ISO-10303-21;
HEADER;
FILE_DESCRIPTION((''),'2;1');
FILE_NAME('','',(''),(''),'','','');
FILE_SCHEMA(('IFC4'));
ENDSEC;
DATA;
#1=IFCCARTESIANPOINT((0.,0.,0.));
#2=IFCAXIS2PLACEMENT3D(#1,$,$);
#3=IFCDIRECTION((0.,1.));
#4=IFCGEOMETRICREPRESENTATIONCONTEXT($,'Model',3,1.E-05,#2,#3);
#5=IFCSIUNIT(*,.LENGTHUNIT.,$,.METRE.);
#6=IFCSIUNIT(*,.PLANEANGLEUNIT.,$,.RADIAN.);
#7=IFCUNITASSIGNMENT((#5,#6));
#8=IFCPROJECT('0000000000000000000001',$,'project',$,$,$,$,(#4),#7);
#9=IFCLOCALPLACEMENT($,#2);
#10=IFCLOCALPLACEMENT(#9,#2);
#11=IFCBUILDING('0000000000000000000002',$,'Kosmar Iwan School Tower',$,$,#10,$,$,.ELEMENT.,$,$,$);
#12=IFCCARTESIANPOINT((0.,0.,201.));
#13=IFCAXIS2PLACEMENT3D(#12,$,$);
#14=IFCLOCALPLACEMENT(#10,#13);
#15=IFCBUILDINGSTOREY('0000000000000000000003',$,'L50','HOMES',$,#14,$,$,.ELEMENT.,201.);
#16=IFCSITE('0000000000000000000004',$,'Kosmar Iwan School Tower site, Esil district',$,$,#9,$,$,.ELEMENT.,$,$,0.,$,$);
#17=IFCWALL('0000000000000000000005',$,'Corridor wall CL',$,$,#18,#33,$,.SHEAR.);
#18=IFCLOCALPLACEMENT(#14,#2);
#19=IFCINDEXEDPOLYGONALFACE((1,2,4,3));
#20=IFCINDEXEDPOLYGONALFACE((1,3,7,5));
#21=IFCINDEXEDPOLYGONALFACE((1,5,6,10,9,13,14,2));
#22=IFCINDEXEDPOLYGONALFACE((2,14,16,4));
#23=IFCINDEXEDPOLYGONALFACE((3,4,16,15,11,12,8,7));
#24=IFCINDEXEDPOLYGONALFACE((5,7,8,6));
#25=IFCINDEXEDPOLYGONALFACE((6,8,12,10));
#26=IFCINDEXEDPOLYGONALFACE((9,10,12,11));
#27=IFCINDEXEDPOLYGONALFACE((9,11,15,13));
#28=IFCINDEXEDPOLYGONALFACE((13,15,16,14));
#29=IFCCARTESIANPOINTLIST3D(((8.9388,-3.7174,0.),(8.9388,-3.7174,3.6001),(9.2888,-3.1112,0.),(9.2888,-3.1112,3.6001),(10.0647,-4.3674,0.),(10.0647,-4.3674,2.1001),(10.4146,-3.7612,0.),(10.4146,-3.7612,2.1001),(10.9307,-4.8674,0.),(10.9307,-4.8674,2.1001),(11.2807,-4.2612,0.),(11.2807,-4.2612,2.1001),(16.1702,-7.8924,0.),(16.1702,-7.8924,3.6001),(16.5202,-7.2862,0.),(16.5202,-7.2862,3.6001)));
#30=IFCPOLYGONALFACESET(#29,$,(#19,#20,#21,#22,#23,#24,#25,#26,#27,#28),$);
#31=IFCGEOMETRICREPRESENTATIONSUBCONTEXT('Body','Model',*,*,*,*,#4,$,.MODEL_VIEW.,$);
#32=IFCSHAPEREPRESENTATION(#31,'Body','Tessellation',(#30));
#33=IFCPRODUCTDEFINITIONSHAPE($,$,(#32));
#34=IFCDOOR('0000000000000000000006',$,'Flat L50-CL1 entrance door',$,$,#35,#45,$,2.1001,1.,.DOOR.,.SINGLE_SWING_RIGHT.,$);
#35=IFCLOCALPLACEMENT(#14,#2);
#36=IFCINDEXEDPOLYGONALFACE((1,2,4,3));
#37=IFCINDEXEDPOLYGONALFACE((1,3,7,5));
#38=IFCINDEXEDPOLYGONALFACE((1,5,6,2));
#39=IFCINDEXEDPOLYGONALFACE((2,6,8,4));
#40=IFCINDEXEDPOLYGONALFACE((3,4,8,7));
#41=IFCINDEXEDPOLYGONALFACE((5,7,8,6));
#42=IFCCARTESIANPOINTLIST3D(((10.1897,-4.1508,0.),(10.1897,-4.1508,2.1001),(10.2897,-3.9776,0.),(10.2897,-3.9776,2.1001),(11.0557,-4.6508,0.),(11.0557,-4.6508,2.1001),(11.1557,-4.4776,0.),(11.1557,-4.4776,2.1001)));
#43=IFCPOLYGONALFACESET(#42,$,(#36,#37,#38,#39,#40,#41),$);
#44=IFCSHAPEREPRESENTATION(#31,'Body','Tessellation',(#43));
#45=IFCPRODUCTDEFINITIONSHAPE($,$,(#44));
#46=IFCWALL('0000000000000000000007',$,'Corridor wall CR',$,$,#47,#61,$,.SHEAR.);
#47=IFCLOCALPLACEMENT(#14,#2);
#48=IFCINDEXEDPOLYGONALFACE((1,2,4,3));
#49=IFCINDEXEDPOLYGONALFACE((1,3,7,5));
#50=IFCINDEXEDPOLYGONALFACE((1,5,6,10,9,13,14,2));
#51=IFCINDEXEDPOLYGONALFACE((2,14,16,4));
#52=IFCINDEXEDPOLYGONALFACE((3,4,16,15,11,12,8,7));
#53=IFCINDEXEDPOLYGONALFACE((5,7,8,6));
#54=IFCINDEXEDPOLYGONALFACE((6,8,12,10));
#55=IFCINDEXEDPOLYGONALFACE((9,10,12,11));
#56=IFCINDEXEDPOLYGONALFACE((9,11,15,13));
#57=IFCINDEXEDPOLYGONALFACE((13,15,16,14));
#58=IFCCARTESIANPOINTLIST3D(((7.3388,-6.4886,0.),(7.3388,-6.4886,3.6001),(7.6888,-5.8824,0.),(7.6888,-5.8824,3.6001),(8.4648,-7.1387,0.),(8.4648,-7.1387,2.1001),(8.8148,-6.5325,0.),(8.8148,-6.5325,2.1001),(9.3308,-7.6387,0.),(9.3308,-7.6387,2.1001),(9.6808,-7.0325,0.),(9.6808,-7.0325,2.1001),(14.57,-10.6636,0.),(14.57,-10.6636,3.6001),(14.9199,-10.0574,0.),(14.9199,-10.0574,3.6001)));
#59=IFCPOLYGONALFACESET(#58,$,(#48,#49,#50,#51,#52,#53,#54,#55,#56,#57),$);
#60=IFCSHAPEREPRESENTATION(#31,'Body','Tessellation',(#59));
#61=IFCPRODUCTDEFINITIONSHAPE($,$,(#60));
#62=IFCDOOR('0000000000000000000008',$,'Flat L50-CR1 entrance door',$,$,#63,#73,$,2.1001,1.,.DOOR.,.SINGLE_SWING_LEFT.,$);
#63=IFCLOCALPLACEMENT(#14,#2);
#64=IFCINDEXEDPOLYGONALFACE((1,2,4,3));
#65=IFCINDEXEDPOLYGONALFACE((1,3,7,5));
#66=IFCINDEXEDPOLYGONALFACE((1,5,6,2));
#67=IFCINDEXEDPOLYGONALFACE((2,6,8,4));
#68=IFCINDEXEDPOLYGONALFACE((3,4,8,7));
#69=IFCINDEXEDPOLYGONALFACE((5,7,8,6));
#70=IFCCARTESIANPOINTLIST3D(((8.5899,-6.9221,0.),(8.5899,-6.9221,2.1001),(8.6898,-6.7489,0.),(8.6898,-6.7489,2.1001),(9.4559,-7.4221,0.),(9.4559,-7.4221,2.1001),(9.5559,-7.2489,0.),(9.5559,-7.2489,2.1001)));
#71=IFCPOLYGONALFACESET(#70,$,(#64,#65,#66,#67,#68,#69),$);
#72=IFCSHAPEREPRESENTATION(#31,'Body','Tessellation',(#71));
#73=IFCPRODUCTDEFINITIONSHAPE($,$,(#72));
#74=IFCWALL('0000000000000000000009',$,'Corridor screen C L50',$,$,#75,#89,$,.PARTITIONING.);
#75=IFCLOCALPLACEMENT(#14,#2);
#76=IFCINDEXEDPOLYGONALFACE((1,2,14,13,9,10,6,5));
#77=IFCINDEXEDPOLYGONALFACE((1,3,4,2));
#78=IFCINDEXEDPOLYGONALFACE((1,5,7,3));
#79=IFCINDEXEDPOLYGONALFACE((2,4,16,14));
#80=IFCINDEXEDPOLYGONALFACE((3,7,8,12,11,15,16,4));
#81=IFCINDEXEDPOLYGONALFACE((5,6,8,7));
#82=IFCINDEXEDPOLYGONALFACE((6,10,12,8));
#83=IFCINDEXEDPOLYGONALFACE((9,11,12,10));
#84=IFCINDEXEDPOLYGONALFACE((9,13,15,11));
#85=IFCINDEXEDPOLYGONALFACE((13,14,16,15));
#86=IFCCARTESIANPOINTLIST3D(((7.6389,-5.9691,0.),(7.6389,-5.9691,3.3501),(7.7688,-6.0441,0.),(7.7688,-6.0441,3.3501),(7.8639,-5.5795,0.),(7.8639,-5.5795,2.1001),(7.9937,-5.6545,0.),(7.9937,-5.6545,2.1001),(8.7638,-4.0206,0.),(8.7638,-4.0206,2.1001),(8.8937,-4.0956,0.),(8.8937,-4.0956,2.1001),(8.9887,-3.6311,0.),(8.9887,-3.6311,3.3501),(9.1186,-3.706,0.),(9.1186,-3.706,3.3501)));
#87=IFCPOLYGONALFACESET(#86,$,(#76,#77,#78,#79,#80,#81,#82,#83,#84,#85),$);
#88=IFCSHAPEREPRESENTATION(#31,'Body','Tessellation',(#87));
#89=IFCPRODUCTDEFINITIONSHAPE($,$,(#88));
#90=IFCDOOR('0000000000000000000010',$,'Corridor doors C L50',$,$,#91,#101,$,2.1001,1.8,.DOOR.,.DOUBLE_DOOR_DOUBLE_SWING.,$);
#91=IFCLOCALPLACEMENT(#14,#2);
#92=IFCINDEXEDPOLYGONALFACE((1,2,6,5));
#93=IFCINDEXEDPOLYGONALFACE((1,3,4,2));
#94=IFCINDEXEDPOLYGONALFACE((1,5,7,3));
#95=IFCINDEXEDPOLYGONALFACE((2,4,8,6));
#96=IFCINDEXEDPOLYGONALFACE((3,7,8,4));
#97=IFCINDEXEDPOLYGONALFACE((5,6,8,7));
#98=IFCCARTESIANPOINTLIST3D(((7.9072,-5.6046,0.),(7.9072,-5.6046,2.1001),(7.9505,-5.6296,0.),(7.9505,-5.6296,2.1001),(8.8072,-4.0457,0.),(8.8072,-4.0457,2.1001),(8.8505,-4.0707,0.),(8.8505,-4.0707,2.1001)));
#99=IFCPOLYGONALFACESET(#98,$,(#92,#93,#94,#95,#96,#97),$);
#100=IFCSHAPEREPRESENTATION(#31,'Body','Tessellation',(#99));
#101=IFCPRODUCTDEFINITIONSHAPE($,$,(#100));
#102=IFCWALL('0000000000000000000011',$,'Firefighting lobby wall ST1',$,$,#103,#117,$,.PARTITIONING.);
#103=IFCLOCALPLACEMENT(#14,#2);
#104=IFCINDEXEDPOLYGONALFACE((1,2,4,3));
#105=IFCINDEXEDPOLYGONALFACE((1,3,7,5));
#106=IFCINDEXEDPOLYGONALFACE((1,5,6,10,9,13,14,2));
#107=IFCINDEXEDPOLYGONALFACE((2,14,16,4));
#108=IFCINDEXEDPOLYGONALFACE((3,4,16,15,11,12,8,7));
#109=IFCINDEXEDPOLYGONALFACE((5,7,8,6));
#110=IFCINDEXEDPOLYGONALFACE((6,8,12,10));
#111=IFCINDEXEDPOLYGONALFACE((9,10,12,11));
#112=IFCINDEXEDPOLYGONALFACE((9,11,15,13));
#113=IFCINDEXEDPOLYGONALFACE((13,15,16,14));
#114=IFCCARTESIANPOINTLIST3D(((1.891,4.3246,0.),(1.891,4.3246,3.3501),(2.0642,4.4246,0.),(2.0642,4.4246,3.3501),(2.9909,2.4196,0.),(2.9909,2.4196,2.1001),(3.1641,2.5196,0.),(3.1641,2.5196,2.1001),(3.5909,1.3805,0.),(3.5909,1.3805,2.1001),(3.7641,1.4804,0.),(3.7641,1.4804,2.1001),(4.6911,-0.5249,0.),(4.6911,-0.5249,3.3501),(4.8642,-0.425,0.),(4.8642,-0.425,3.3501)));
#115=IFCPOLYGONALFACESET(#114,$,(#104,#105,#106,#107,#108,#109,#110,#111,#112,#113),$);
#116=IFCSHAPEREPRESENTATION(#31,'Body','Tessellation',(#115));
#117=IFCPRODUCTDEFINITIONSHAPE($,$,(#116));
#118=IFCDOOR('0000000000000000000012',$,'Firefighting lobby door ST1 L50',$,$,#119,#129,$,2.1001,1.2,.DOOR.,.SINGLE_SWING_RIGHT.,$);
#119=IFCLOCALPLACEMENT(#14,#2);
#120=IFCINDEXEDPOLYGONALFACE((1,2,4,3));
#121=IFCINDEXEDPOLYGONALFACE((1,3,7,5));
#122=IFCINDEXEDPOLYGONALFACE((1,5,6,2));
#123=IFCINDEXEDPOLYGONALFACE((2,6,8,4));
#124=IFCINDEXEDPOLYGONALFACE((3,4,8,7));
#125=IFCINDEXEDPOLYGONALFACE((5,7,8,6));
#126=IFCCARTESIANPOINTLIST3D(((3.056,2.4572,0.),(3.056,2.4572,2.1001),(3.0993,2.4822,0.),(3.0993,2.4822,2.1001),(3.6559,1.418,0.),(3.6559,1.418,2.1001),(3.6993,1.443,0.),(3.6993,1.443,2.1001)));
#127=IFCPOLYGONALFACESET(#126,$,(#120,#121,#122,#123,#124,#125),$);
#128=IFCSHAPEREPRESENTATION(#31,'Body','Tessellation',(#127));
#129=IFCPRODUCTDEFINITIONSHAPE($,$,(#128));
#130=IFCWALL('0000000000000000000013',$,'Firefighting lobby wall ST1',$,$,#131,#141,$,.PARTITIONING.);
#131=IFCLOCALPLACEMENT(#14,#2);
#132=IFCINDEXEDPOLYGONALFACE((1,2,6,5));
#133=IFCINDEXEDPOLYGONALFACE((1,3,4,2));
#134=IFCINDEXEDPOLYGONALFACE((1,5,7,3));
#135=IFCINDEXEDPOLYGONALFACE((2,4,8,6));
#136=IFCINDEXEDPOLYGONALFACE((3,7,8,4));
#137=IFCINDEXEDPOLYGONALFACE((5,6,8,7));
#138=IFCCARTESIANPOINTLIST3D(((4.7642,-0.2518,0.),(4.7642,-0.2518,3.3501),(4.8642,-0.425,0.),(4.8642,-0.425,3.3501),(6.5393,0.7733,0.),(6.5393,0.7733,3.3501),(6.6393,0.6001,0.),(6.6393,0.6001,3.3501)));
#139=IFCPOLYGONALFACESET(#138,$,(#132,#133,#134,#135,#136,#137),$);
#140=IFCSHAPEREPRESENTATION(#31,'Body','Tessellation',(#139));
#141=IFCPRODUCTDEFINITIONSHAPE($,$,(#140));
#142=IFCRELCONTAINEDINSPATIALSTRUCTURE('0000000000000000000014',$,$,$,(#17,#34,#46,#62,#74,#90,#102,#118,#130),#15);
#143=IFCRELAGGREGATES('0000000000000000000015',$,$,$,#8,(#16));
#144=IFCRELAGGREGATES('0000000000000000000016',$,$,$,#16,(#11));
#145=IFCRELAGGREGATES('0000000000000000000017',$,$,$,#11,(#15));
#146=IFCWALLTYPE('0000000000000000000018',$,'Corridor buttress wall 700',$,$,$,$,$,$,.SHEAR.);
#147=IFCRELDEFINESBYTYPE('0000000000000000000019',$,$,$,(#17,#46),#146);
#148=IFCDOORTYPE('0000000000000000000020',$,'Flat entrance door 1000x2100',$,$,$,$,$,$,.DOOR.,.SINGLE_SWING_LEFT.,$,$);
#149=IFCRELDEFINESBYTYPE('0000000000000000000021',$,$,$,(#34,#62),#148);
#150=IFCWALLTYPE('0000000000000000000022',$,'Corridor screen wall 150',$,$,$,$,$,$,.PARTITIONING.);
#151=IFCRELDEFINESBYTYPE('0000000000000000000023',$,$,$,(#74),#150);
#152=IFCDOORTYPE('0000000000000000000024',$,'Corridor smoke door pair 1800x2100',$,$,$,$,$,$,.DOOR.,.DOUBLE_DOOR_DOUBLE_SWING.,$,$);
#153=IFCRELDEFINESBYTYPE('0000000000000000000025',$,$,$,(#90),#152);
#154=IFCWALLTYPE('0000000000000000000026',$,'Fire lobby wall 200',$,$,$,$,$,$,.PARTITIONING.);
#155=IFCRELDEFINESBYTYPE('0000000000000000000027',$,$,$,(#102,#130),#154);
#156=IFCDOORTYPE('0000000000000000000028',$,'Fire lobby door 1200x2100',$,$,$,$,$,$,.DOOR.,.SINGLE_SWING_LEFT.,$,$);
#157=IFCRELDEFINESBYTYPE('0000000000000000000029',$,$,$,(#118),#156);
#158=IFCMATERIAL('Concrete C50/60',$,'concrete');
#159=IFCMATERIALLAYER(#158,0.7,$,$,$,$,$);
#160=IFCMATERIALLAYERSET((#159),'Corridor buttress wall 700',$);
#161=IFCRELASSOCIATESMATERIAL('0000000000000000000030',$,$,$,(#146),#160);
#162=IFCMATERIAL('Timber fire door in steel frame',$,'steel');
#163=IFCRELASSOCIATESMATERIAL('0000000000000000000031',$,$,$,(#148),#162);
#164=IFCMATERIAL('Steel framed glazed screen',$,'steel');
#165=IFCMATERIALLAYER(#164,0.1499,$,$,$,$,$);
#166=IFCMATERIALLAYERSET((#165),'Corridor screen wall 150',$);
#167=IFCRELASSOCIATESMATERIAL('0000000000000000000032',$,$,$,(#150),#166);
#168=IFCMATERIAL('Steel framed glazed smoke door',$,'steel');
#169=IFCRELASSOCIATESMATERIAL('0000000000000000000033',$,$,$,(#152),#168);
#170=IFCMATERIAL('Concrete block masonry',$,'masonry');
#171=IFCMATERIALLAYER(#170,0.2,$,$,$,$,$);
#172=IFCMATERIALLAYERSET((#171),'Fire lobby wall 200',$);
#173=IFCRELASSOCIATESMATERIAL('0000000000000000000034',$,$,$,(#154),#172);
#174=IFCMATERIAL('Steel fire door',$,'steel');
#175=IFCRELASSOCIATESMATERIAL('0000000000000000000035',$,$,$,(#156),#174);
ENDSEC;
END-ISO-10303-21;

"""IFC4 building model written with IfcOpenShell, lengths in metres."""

from ifc_helpers import new_model, si_unit, direction, frame, frame_2d, origin, place, context, subcontext, project, spatial, rectangle, extrude, material, layer, layer_set, type_object, element, fill, save


model = new_model("IFC4")

# Units and contexts
model_context = context("Model", 3, precision=1e-05, world=origin(), true_north=direction((0.0, 1.0)))
body_context = subcontext(model_context, "Body", "Model", "MODEL_VIEW")
ifc_project = project(units=[si_unit("LENGTHUNIT", "METRE"), si_unit("PLANEANGLEUNIT", "RADIAN")], contexts=[model_context])

# Site, building, storey
site_placement = place(None, origin())
site = spatial("IfcSite", under=ifc_project, at=site_placement, Name="Kosmar Iwan School Tower site, Esil district", CompositionType="ELEMENT", RefElevation=0.0)
building_placement = place(site_placement, origin())
building = spatial("IfcBuilding", under=site, at=building_placement, Name="Kosmar Iwan School Tower", CompositionType="ELEMENT")
storey_placement = place(building_placement, frame((0.0, 0.0, 201.0)))
storey = spatial("IfcBuildingStorey", under=building, at=storey_placement, Name="L50", Description="HOMES", CompositionType="ELEMENT", Elevation=201.0)

# Walls, openings, doors
ifc_material_1 = material(Name="Concrete C50/60", Category="concrete")
ifc_layer_1 = layer(ifc_material_1, 0.7)
ifc_layer_set_1 = layer_set([ifc_layer_1], Name="Corridor buttress wall 700")
wall_type_1 = type_object("IfcWallType", Name="Corridor buttress wall 700", PredefinedType="SHEAR", material=ifc_layer_set_1)
wall_1_placement = place(storey_placement, frame((9.1138, -3.4143, 0.0), z_axis=(0.0, 0.0, 1.0), x_axis=(0.866027, -0.499997, 0.0)))
wall_1 = element("IfcWall", 1, at=wall_1_placement, inside=storey, type_object=wall_type_1, Name="Corridor wall CL", PredefinedType="SHEAR", context=body_context, shape_type="SweptSolid", body=[
    extrude(rectangle(XDim=8.3501, YDim=0.7, at=frame_2d((4.175, 0.0))), origin(), (0.0, 0.0, 1.0), 3.6001),
])
opening_1_placement = place(wall_1_placement, frame((1.3, 0.0, 0.0)))
opening_1 = element("IfcOpeningElement", 2, at=opening_1_placement, cuts=wall_1, PredefinedType="OPENING", context=body_context, shape_type="SweptSolid", body=[
    extrude(rectangle(XDim=1.0, YDim=2.1001, at=frame_2d((0.5, 1.05))), frame((0.0, 0.3621, 0.0), z_axis=(0.0, -1.0, 0.0), x_axis=(1.0, 0.0, 0.0)), (0.0, 0.0, 1.0), 0.7239),
])
ifc_material_2 = material(Name="Timber fire door in steel frame", Category="steel")
door_type_1 = type_object("IfcDoorType", Name="Flat entrance door 1000x2100", OperationType="SINGLE_SWING_LEFT", PredefinedType="DOOR", material=ifc_material_2)
door_1_placement = place(opening_1_placement, origin())
door_1 = element("IfcDoor", 3, at=door_1_placement, inside=storey, type_object=door_type_1, Name="Flat L50-CL1 entrance door", OperationType="SINGLE_SWING_RIGHT", OverallHeight=2.1001, OverallWidth=1.0, PredefinedType="DOOR", context=body_context, shape_type="SweptSolid", body=[
    extrude(rectangle(XDim=1.0, YDim=2.1001, at=frame_2d((0.5, 1.05))), frame((0.0, 0.1001, 0.0), z_axis=(0.0, -1.0, 0.0), x_axis=(1.0, 0.0, 0.0)), (0.0, 0.0, 1.0), 0.2),
])
fill(opening_1, door_1)
wall_2_placement = place(storey_placement, frame((7.5139, -6.1855, 0.0), z_axis=(0.0, 0.0, 1.0), x_axis=(0.86602, -0.50001, 0.0)))
wall_2 = element("IfcWall", 4, at=wall_2_placement, inside=storey, type_object=wall_type_1, Name="Corridor wall CR", PredefinedType="SHEAR", context=body_context, shape_type="SweptSolid", body=[
    extrude(rectangle(XDim=8.3499, YDim=0.7, at=frame_2d((4.1748, 0.0))), origin(), (0.0, 0.0, 1.0), 3.6001),
])
opening_2_placement = place(wall_2_placement, frame((1.3, 0.0, 0.0)))
opening_2 = element("IfcOpeningElement", 5, at=opening_2_placement, cuts=wall_2, PredefinedType="OPENING", context=body_context, shape_type="SweptSolid", body=[
    extrude(rectangle(XDim=1.0, YDim=2.1001, at=frame_2d((0.5, 1.05))), frame((0.0, 0.3621, 0.0), z_axis=(0.0, -1.0, 0.0), x_axis=(1.0, 0.0, 0.0)), (0.0, 0.0, 1.0), 0.7239),
])
door_2_placement = place(opening_2_placement, origin())
door_2 = element("IfcDoor", 6, at=door_2_placement, inside=storey, type_object=door_type_1, Name="Flat L50-CR1 entrance door", OperationType="SINGLE_SWING_LEFT", OverallHeight=2.1001, OverallWidth=1.0, PredefinedType="DOOR", context=body_context, shape_type="SweptSolid", body=[
    extrude(rectangle(XDim=1.0, YDim=2.1001, at=frame_2d((0.5, 1.05))), frame((0.0, 0.1001, 0.0), z_axis=(0.0, -1.0, 0.0), x_axis=(1.0, 0.0, 0.0)), (0.0, 0.0, 1.0), 0.2),
])
fill(opening_2, door_2)
ifc_material_3 = material(Name="Steel framed glazed screen", Category="steel")
ifc_layer_2 = layer(ifc_material_3, 0.1499)
ifc_layer_set_2 = layer_set([ifc_layer_2], Name="Corridor screen wall 150")
wall_type_2 = type_object("IfcWallType", Name="Corridor screen wall 150", PredefinedType="PARTITIONING", material=ifc_layer_set_2)
wall_3_placement = place(storey_placement, frame((7.7039, -6.0066, 0.0), z_axis=(0.0, 0.0, 1.0), x_axis=(0.499981, 0.866037, 0.0)))
wall_3 = element("IfcWall", 7, at=wall_3_placement, inside=storey, type_object=wall_type_2, Name="Corridor screen C L50", PredefinedType="PARTITIONING", context=body_context, shape_type="SweptSolid", body=[
    extrude(rectangle(XDim=2.6997, YDim=0.1499, at=frame_2d((1.3499, 0.0))), origin(), (0.0, 0.0, 1.0), 3.3501),
])
opening_3_placement = place(wall_3_placement, frame((0.45, 0.0, 0.0)))
opening_3 = element("IfcOpeningElement", 8, at=opening_3_placement, cuts=wall_3, PredefinedType="OPENING", context=body_context, shape_type="SweptSolid", body=[
    extrude(rectangle(XDim=1.8, YDim=2.1001, at=frame_2d((0.8999, 1.05))), frame((0.0, 0.0869, 0.0), z_axis=(0.0, -1.0, 0.0), x_axis=(1.0, 0.0, 0.0)), (0.0, 0.0, 1.0), 0.1738),
])
ifc_material_4 = material(Name="Steel framed glazed smoke door", Category="steel")
door_type_2 = type_object("IfcDoorType", Name="Corridor smoke door pair 1800x2100", OperationType="DOUBLE_DOOR_DOUBLE_SWING", PredefinedType="DOOR", material=ifc_material_4)
door_3_placement = place(opening_3_placement, origin())
door_3 = element("IfcDoor", 9, at=door_3_placement, inside=storey, type_object=door_type_2, Name="Corridor doors C L50", OperationType="DOUBLE_DOOR_DOUBLE_SWING", OverallHeight=2.1001, OverallWidth=1.8, PredefinedType="DOOR", context=body_context, shape_type="SweptSolid", body=[
    extrude(rectangle(XDim=1.8, YDim=2.1001, at=frame_2d((0.8999, 1.05))), frame((0.0, 0.0249, 0.0), z_axis=(0.0, -1.0, 0.0), x_axis=(1.0, 0.0, 0.0)), (0.0, 0.0, 1.0), 0.05),
])
fill(opening_3, door_3)
ifc_material_5 = material(Name="Concrete block masonry", Category="masonry")
ifc_layer_3 = layer(ifc_material_5, 0.2)
ifc_layer_set_3 = layer_set([ifc_layer_3], Name="Fire lobby wall 200")
wall_type_3 = type_object("IfcWallType", Name="Fire lobby wall 200", PredefinedType="PARTITIONING", material=ifc_layer_set_3)
wall_4_placement = place(storey_placement, frame((4.7776, -0.4749, 0.0), z_axis=(0.0, 0.0, 1.0), x_axis=(-0.500017, 0.866016, 0.0)))
wall_4 = element("IfcWall", 10, at=wall_4_placement, inside=storey, type_object=wall_type_3, Name="Firefighting lobby wall ST1", PredefinedType="PARTITIONING", context=body_context, shape_type="SweptSolid", body=[
    extrude(rectangle(XDim=5.5999, YDim=0.2, at=frame_2d((2.7998, 0.0))), origin(), (0.0, 0.0, 1.0), 3.3501),
])
opening_4_placement = place(wall_4_placement, frame((2.2, 0.0, 0.0)))
opening_4 = element("IfcOpeningElement", 11, at=opening_4_placement, cuts=wall_4, PredefinedType="OPENING", context=body_context, shape_type="SweptSolid", body=[
    extrude(rectangle(XDim=1.2, YDim=2.1001, at=frame_2d((0.6001, 1.05))), frame((0.0, 0.1121, 0.0), z_axis=(0.0, -1.0, 0.0), x_axis=(1.0, 0.0, 0.0)), (0.0, 0.0, 1.0), 0.2239),
])
ifc_material_6 = material(Name="Steel fire door", Category="steel")
door_type_3 = type_object("IfcDoorType", Name="Fire lobby door 1200x2100", OperationType="SINGLE_SWING_LEFT", PredefinedType="DOOR", material=ifc_material_6)
door_4_placement = place(opening_4_placement, origin())
door_4 = element("IfcDoor", 12, at=door_4_placement, inside=storey, type_object=door_type_3, Name="Firefighting lobby door ST1 L50", OperationType="SINGLE_SWING_RIGHT", OverallHeight=2.1001, OverallWidth=1.2, PredefinedType="DOOR", context=body_context, shape_type="SweptSolid", body=[
    extrude(rectangle(XDim=1.2, YDim=2.1001, at=frame_2d((0.6001, 1.05))), frame((0.0, 0.0249, 0.0), z_axis=(0.0, -1.0, 0.0), x_axis=(1.0, 0.0, 0.0)), (0.0, 0.0, 1.0), 0.05),
])
fill(opening_4, door_4)

# Wall
wall_5_placement = place(storey_placement, frame((4.8142, -0.3384, 0.0), z_axis=(0.0, 0.0, 1.0), x_axis=(0.865969, 0.500097, 0.0)))
element("IfcWall", 13, at=wall_5_placement, inside=storey, type_object=wall_type_3, Name="Firefighting lobby wall ST1", PredefinedType="PARTITIONING", context=body_context, shape_type="SweptSolid", body=[
    extrude(rectangle(XDim=2.0498, YDim=0.2, at=frame_2d((1.0249, 0.0))), origin(), (0.0, 0.0, 1.0), 3.3501),
])

save(model, "model.ifc")
